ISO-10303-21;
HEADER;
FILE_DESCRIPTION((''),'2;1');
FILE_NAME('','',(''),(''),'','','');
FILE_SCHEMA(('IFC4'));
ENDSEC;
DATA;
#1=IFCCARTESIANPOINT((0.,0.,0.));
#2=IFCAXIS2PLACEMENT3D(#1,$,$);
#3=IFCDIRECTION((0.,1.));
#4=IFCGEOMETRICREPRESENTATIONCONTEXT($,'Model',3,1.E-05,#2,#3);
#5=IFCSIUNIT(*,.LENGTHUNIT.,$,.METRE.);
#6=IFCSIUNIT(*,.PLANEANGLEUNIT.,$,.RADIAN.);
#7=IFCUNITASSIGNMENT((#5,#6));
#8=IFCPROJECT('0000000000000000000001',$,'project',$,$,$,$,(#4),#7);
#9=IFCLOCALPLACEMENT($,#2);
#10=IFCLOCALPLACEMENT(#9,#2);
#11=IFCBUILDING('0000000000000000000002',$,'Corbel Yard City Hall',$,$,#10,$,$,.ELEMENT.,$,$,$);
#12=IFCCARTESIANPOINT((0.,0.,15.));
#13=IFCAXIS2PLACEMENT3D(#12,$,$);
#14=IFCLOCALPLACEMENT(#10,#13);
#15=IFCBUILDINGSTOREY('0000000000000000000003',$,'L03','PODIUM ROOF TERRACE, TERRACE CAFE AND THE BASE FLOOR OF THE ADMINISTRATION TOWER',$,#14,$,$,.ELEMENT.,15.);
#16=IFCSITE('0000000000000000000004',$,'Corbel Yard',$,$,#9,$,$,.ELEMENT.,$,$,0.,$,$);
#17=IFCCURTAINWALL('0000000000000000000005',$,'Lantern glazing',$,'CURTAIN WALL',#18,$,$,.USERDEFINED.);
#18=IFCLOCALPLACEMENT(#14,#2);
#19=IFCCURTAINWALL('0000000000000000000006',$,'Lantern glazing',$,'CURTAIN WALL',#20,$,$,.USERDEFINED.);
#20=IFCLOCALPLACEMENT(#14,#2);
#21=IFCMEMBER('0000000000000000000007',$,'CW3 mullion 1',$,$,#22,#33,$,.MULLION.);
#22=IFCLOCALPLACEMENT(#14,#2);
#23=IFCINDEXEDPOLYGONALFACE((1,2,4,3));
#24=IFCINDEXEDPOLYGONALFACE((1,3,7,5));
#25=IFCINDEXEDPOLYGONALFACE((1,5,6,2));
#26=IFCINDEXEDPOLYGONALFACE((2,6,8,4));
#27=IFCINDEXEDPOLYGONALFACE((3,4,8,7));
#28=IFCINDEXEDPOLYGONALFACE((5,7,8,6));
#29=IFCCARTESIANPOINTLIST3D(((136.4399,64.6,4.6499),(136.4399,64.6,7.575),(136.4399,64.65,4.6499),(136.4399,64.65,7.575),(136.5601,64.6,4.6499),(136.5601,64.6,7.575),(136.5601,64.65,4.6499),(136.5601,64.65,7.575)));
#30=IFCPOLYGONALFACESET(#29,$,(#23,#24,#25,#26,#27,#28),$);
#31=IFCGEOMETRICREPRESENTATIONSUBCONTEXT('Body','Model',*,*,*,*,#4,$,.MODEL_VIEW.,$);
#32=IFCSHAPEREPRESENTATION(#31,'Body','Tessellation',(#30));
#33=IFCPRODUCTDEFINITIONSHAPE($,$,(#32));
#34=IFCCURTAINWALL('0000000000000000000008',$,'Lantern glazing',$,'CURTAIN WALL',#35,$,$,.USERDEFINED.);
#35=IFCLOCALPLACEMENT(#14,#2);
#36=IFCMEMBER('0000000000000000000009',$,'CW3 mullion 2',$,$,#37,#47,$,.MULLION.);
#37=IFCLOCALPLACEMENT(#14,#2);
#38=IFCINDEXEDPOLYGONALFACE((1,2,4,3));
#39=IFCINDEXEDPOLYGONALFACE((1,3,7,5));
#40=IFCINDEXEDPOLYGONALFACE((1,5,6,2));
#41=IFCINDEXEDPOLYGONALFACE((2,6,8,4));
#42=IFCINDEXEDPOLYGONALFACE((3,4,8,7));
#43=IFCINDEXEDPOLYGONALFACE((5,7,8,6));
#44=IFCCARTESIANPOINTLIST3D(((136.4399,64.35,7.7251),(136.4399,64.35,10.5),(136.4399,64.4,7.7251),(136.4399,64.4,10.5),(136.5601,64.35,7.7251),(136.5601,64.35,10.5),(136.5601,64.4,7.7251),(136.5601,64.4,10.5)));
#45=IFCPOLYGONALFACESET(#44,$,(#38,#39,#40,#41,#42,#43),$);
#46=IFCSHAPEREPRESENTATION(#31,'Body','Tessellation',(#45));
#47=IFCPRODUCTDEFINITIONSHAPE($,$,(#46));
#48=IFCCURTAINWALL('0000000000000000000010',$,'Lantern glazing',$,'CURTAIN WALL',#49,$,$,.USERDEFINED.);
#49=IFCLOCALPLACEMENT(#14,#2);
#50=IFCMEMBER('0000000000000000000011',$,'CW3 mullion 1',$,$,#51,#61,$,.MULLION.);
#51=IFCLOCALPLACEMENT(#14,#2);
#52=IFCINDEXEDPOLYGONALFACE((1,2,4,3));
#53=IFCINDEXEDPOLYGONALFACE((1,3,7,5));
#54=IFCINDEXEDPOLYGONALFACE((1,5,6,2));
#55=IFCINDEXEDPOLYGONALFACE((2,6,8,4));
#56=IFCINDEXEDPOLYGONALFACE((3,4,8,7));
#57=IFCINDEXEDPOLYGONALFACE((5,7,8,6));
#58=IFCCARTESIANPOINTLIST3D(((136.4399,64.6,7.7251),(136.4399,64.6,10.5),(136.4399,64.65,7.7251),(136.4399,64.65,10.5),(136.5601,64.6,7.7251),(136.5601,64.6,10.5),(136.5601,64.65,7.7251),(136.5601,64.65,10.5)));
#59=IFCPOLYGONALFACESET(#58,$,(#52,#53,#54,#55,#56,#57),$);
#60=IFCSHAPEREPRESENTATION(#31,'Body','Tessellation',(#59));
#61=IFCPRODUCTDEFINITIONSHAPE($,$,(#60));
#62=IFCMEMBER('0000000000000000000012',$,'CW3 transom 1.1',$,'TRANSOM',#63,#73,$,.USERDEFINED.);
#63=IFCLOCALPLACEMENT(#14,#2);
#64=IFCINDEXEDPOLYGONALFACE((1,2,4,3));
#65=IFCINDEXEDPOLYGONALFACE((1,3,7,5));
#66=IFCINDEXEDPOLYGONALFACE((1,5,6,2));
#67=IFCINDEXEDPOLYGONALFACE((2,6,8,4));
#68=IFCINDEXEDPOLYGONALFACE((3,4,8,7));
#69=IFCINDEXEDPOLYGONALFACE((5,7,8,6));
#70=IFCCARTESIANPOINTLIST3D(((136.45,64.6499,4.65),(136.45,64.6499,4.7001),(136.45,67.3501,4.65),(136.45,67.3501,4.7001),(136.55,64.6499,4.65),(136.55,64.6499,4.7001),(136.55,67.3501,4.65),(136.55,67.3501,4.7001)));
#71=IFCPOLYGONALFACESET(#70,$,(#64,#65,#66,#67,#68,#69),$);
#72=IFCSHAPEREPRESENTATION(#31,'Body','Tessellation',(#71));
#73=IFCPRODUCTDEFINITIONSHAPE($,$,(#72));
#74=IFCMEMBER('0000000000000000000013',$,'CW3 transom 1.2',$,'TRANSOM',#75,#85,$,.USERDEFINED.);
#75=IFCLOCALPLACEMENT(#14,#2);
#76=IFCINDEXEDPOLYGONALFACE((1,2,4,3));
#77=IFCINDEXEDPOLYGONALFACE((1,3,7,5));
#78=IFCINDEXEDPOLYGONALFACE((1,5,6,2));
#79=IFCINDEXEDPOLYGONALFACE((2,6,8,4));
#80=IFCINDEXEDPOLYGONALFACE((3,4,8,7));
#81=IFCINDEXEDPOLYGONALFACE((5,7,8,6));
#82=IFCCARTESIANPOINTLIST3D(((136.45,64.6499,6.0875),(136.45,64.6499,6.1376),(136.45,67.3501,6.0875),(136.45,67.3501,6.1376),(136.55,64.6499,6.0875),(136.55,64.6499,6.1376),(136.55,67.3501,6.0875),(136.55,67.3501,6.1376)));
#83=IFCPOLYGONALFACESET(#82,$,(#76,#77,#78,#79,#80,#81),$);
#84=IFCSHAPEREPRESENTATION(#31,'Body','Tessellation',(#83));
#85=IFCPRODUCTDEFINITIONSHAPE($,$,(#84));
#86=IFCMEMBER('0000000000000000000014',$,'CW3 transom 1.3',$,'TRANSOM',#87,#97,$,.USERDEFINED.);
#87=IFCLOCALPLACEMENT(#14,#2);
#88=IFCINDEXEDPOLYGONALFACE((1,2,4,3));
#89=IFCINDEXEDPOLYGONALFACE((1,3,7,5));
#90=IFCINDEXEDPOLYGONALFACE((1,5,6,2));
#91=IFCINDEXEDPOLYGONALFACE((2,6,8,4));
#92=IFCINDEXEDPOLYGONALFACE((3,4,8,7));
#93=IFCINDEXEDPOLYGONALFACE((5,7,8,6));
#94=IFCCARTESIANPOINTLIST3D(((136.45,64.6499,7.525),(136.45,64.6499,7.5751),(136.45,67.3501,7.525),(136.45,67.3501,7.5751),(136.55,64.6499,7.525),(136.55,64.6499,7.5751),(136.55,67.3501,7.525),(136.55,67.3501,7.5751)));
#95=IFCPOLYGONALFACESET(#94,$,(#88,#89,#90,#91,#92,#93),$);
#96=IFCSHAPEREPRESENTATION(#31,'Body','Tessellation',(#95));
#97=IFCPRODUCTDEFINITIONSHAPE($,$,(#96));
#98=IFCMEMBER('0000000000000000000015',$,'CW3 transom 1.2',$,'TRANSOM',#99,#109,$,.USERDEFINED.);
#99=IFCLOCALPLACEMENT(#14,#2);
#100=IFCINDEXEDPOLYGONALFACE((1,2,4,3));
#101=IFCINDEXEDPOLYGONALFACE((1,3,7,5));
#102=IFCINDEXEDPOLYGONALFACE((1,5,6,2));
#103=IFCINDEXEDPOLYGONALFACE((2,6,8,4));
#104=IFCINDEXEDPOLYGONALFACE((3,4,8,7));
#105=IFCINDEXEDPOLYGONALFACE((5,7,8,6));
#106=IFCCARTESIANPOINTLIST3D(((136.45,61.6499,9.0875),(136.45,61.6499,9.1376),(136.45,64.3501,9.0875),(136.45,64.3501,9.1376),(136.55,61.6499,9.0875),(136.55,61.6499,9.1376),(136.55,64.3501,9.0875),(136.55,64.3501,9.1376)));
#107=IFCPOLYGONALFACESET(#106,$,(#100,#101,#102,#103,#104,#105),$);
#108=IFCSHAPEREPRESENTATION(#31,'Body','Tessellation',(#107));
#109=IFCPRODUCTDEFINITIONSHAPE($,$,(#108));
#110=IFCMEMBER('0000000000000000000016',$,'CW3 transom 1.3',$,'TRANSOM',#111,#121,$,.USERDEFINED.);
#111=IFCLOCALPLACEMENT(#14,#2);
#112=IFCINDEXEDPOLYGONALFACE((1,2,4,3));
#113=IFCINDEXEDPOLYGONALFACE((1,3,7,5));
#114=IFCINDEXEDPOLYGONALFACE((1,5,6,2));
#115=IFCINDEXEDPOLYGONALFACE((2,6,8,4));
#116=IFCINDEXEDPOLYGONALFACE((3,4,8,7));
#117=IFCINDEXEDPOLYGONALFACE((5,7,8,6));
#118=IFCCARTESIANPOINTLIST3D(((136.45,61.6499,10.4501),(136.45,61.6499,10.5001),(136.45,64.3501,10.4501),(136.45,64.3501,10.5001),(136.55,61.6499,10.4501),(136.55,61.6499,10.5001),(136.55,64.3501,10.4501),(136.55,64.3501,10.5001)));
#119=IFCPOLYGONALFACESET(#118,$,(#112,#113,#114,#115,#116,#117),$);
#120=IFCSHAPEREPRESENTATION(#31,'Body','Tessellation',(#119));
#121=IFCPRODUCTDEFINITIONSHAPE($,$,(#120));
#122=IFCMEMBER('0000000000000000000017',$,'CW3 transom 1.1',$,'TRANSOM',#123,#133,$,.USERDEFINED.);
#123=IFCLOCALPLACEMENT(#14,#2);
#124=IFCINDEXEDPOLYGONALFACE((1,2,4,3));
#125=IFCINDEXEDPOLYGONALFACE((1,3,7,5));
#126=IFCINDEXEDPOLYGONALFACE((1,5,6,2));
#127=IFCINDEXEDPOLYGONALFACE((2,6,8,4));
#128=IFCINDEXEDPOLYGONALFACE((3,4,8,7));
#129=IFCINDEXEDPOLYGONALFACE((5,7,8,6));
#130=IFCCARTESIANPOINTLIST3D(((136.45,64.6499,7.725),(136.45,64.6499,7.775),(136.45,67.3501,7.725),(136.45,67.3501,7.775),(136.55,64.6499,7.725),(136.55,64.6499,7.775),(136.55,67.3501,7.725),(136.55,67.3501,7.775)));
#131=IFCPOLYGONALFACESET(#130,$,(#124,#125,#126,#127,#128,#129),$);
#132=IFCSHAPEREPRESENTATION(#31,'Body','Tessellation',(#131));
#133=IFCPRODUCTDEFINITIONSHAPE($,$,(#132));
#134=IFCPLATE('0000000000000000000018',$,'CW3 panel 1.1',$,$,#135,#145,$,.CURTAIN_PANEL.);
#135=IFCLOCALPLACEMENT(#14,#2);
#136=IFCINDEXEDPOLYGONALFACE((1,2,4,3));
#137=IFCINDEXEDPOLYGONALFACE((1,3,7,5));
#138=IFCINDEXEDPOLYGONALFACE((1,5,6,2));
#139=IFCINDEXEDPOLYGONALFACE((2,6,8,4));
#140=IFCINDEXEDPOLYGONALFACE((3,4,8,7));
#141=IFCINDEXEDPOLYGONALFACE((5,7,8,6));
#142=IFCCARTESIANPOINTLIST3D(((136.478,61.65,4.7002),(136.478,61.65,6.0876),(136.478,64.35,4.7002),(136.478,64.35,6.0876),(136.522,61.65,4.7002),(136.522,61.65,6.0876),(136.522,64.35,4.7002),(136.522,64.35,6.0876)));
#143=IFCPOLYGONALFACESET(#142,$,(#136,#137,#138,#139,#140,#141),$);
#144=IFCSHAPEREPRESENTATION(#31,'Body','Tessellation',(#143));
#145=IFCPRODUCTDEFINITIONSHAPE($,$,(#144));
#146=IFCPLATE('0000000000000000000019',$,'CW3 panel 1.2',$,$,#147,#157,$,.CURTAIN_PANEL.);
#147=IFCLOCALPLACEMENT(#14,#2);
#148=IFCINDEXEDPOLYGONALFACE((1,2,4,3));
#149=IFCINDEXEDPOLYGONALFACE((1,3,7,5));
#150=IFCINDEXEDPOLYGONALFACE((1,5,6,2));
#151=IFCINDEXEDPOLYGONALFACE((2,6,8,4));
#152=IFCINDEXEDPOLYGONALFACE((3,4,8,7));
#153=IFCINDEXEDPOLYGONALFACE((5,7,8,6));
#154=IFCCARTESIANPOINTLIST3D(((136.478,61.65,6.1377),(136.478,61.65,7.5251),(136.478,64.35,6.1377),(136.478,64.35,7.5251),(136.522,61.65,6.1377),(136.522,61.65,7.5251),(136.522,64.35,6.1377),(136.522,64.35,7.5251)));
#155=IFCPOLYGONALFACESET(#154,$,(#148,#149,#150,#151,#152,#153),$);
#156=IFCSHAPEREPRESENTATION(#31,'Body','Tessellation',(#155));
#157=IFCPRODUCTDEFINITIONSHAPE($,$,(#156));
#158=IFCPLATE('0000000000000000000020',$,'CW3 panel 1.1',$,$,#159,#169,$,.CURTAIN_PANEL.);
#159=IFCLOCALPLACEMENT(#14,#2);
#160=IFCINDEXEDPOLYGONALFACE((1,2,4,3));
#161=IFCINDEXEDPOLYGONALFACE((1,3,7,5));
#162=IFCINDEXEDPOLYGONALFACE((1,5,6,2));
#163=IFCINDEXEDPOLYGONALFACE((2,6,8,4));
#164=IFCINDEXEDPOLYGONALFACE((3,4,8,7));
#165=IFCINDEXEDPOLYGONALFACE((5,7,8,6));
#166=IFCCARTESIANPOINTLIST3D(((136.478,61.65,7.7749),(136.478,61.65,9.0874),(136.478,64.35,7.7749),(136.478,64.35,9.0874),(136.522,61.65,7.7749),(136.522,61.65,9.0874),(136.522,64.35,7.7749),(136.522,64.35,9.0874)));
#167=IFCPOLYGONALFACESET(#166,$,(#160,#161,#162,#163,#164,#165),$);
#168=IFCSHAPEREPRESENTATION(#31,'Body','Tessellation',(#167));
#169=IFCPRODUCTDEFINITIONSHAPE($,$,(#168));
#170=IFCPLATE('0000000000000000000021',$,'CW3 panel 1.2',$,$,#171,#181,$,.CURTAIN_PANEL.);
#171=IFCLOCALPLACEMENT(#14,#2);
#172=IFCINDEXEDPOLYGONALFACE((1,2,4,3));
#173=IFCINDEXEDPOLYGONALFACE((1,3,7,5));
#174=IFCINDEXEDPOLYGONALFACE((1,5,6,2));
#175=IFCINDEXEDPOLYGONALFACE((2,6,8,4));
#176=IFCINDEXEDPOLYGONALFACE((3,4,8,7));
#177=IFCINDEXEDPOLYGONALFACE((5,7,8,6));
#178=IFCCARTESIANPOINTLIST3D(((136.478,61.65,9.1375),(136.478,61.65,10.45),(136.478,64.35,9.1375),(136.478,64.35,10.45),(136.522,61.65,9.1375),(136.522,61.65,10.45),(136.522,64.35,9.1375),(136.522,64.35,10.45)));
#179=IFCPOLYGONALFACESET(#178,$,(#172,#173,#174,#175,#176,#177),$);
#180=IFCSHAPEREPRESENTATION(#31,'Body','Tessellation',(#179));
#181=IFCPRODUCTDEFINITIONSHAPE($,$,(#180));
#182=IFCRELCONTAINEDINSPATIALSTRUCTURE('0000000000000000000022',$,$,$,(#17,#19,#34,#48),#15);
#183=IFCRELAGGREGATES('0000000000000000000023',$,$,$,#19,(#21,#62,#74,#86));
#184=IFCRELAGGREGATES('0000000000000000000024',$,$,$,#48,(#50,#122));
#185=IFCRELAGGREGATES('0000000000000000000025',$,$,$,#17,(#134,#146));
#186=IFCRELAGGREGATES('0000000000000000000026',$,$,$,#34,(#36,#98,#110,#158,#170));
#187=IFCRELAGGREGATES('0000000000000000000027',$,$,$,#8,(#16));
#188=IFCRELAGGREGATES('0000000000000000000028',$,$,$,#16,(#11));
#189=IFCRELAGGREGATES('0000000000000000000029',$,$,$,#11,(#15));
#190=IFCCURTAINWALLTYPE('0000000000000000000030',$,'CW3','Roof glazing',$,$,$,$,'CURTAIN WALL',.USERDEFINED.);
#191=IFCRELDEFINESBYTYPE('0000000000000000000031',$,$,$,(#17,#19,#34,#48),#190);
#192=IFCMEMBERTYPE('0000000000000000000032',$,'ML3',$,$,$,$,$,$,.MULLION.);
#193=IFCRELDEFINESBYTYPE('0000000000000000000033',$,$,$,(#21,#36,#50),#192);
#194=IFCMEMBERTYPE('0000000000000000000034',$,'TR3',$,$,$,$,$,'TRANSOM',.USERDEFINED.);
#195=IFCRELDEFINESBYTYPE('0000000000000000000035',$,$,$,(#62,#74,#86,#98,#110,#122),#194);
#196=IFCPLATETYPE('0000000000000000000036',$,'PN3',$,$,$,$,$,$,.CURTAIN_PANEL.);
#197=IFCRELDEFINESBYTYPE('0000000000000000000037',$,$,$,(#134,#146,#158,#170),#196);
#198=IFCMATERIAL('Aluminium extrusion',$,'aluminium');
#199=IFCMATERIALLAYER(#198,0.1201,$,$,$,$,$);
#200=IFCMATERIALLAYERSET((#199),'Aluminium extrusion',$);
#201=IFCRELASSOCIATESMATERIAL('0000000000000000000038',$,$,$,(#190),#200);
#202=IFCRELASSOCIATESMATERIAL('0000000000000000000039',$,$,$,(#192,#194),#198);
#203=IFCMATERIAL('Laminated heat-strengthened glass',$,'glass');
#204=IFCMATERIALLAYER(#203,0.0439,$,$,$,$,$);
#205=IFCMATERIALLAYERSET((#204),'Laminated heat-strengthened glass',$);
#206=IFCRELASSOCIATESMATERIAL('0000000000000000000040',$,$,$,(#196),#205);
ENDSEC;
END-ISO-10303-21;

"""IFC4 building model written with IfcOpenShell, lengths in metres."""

from ifc_helpers import new_model, si_unit, direction, frame, origin, origin_2d, place, context, subcontext, project, spatial, rectangle, extrude, material, layer, layer_set, material_profile, profile_set, type_object, element, aggregate, save


model = new_model("IFC4")

# Units and contexts
model_context = context("Model", 3, precision=1e-05, world=origin(), true_north=direction((0.0, 1.0)))
body_context = subcontext(model_context, "Body", "Model", "MODEL_VIEW")
ifc_project = project(units=[si_unit("LENGTHUNIT", "METRE"), si_unit("PLANEANGLEUNIT", "RADIAN")], contexts=[model_context])

# Site, building, storey
site_placement = place(None, origin())
site = spatial("IfcSite", under=ifc_project, at=site_placement, Name="Corbel Yard", CompositionType="ELEMENT", RefElevation=0.0)
building_placement = place(site_placement, origin())
building = spatial("IfcBuilding", under=site, at=building_placement, Name="Corbel Yard City Hall", CompositionType="ELEMENT")
storey_placement = place(building_placement, frame((0.0, 0.0, 15.0)))
storey = spatial("IfcBuildingStorey", under=building, at=storey_placement, Name="L03", Description="PODIUM ROOF TERRACE, TERRACE CAFE AND THE BASE FLOOR OF THE ADMINISTRATION TOWER", CompositionType="ELEMENT", Elevation=15.0)

# Curtain walls, members
ifc_material_1 = material(Name="Aluminium extrusion", Category="aluminium")
ifc_layer_1 = layer(ifc_material_1, 0.1201)
ifc_layer_set_1 = layer_set([ifc_layer_1], Name="Aluminium extrusion")
curtain_wall_type = type_object("IfcCurtainWallType", Name="CW3", Description="Roof glazing", ElementType="CURTAIN WALL", PredefinedType="USERDEFINED", material=ifc_layer_set_1)
curtain_wall_1_placement = place(storey_placement, origin())
curtain_wall_1 = element("IfcCurtainWall", 1, at=curtain_wall_1_placement, inside=storey, type_object=curtain_wall_type, Name="Lantern glazing", ObjectType="CURTAIN WALL", PredefinedType="USERDEFINED")
ifc_material_profile_1 = material_profile(ifc_material_1, rectangle(XDim=0.1201, YDim=0.05, at=origin_2d()), Name="120x50")
ifc_profile_set_1 = profile_set([ifc_material_profile_1], Name="Aluminium extrusion")
member_type_1 = type_object("IfcMemberType", Name="ML3", PredefinedType="MULLION", material=ifc_profile_set_1)
curtain_wall_2_placement = place(storey_placement, origin())
curtain_wall_2 = element("IfcCurtainWall", 2, at=curtain_wall_2_placement, inside=storey, type_object=curtain_wall_type, Name="Lantern glazing", ObjectType="CURTAIN WALL", PredefinedType="USERDEFINED")
member_1_placement = place(storey_placement, frame((136.5, 64.625, 4.6499), z_axis=(0.0, 0.0, 1.0), x_axis=(-1.0, 0.0, 0.0)))
member_1 = element("IfcMember", 3, at=member_1_placement, type_object=member_type_1, Name="CW3 mullion 1", PredefinedType="MULLION", context=body_context, shape_type="SweptSolid", body=[
    extrude(rectangle(XDim=0.1201, YDim=0.05, at=origin_2d()), origin(), (0.0, 0.0, 1.0), 2.925),
])
curtain_wall_3_placement = place(storey_placement, origin())
curtain_wall_3 = element("IfcCurtainWall", 4, at=curtain_wall_3_placement, inside=storey, type_object=curtain_wall_type, Name="Lantern glazing", ObjectType="CURTAIN WALL", PredefinedType="USERDEFINED")
member_2_placement = place(storey_placement, frame((136.5, 64.375, 7.7251), z_axis=(0.0, 0.0, 1.0), x_axis=(-1.0, 0.0, 0.0)))
member_2 = element("IfcMember", 5, at=member_2_placement, type_object=member_type_1, Name="CW3 mullion 2", PredefinedType="MULLION", context=body_context, shape_type="SweptSolid", body=[
    extrude(rectangle(XDim=0.1201, YDim=0.05, at=origin_2d()), origin(), (0.0, 0.0, 1.0), 2.7749),
])
curtain_wall_4_placement = place(storey_placement, origin())
curtain_wall_4 = element("IfcCurtainWall", 6, at=curtain_wall_4_placement, inside=storey, type_object=curtain_wall_type, Name="Lantern glazing", ObjectType="CURTAIN WALL", PredefinedType="USERDEFINED")
member_3_placement = place(storey_placement, frame((136.5, 64.625, 7.7251), z_axis=(0.0, 0.0, 1.0), x_axis=(-1.0, 0.0, 0.0)))
member_3 = element("IfcMember", 7, at=member_3_placement, type_object=member_type_1, Name="CW3 mullion 1", PredefinedType="MULLION", context=body_context, shape_type="SweptSolid", body=[
    extrude(rectangle(XDim=0.1201, YDim=0.05, at=origin_2d()), origin(), (0.0, 0.0, 1.0), 2.7749),
])

# Members
ifc_material_profile_2 = material_profile(ifc_material_1, rectangle(XDim=0.1001, YDim=0.05, at=origin_2d()), Name="100x50")
ifc_profile_set_2 = profile_set([ifc_material_profile_2], Name="Aluminium extrusion")
member_type_2 = type_object("IfcMemberType", Name="TR3", ElementType="TRANSOM", PredefinedType="USERDEFINED", material=ifc_profile_set_2)
member_4_placement = place(storey_placement, frame((136.5, 64.6499, 4.675), z_axis=(0.0, 1.0, 0.0), x_axis=(-1.0, 0.0, 0.0)))
member_4 = element("IfcMember", 8, at=member_4_placement, type_object=member_type_2, Name="CW3 transom 1.1", ObjectType="TRANSOM", PredefinedType="USERDEFINED", context=body_context, shape_type="SweptSolid", body=[
    extrude(rectangle(XDim=0.1001, YDim=0.05, at=origin_2d()), origin(), (0.0, 0.0, 1.0), 2.7002),
])
member_5_placement = place(storey_placement, frame((136.5, 64.6499, 6.1125), z_axis=(0.0, 1.0, 0.0), x_axis=(-1.0, 0.0, 0.0)))
member_5 = element("IfcMember", 9, at=member_5_placement, type_object=member_type_2, Name="CW3 transom 1.2", ObjectType="TRANSOM", PredefinedType="USERDEFINED", context=body_context, shape_type="SweptSolid", body=[
    extrude(rectangle(XDim=0.1001, YDim=0.05, at=origin_2d()), origin(), (0.0, 0.0, 1.0), 2.7002),
])
member_6_placement = place(storey_placement, frame((136.5, 64.6499, 7.55), z_axis=(0.0, 1.0, 0.0), x_axis=(-1.0, 0.0, 0.0)))
member_6 = element("IfcMember", 10, at=member_6_placement, type_object=member_type_2, Name="CW3 transom 1.3", ObjectType="TRANSOM", PredefinedType="USERDEFINED", context=body_context, shape_type="SweptSolid", body=[
    extrude(rectangle(XDim=0.1001, YDim=0.05, at=origin_2d()), origin(), (0.0, 0.0, 1.0), 2.7002),
])
aggregate(curtain_wall_2, [member_1, member_4, member_5, member_6])
member_7_placement = place(storey_placement, frame((136.5, 61.6499, 9.1125), z_axis=(0.0, 1.0, 0.0), x_axis=(-1.0, 0.0, 0.0)))
member_7 = element("IfcMember", 11, at=member_7_placement, type_object=member_type_2, Name="CW3 transom 1.2", ObjectType="TRANSOM", PredefinedType="USERDEFINED", context=body_context, shape_type="SweptSolid", body=[
    extrude(rectangle(XDim=0.1001, YDim=0.05, at=origin_2d()), origin(), (0.0, 0.0, 1.0), 2.7002),
])
member_8_placement = place(storey_placement, frame((136.5, 61.6499, 10.4751), z_axis=(0.0, 1.0, 0.0), x_axis=(-1.0, 0.0, 0.0)))
member_8 = element("IfcMember", 12, at=member_8_placement, type_object=member_type_2, Name="CW3 transom 1.3", ObjectType="TRANSOM", PredefinedType="USERDEFINED", context=body_context, shape_type="SweptSolid", body=[
    extrude(rectangle(XDim=0.1001, YDim=0.05, at=origin_2d()), origin(), (0.0, 0.0, 1.0), 2.7002),
])
member_9_placement = place(storey_placement, frame((136.5, 64.6499, 7.75), z_axis=(0.0, 1.0, 0.0), x_axis=(-1.0, 0.0, 0.0)))
member_9 = element("IfcMember", 13, at=member_9_placement, type_object=member_type_2, Name="CW3 transom 1.1", ObjectType="TRANSOM", PredefinedType="USERDEFINED", context=body_context, shape_type="SweptSolid", body=[
    extrude(rectangle(XDim=0.1001, YDim=0.05, at=origin_2d()), origin(), (0.0, 0.0, 1.0), 2.7002),
])
aggregate(curtain_wall_4, [member_3, member_9])

# Plates
ifc_material_2 = material(Name="Laminated heat-strengthened glass", Category="glass")
ifc_layer_2 = layer(ifc_material_2, 0.0439)
ifc_layer_set_2 = layer_set([ifc_layer_2], Name="Laminated heat-strengthened glass")
plate_type = type_object("IfcPlateType", Name="PN3", PredefinedType="CURTAIN_PANEL", material=ifc_layer_set_2)
plate_1_placement = place(storey_placement, frame((136.5, 63.0, 4.7002), z_axis=(0.0, 0.0, 1.0), x_axis=(0.0, 1.0, 0.0)))
plate_1 = element("IfcPlate", 14, at=plate_1_placement, type_object=plate_type, Name="CW3 panel 1.1", PredefinedType="CURTAIN_PANEL", context=body_context, shape_type="SweptSolid", body=[
    extrude(rectangle(XDim=2.7, YDim=0.0439, at=origin_2d()), origin(), (0.0, 0.0, 1.0), 1.3875),
])
plate_2_placement = place(storey_placement, frame((136.5, 63.0, 6.1377), z_axis=(0.0, 0.0, 1.0), x_axis=(0.0, 1.0, 0.0)))
plate_2 = element("IfcPlate", 15, at=plate_2_placement, type_object=plate_type, Name="CW3 panel 1.2", PredefinedType="CURTAIN_PANEL", context=body_context, shape_type="SweptSolid", body=[
    extrude(rectangle(XDim=2.7, YDim=0.0439, at=origin_2d()), origin(), (0.0, 0.0, 1.0), 1.3875),
])
aggregate(curtain_wall_1, [plate_1, plate_2])
plate_3_placement = place(storey_placement, frame((136.5, 63.0, 7.7749), z_axis=(0.0, 0.0, 1.0), x_axis=(0.0, 1.0, 0.0)))
plate_3 = element("IfcPlate", 16, at=plate_3_placement, type_object=plate_type, Name="CW3 panel 1.1", PredefinedType="CURTAIN_PANEL", context=body_context, shape_type="SweptSolid", body=[
    extrude(rectangle(XDim=2.7, YDim=0.0439, at=origin_2d()), origin(), (0.0, 0.0, 1.0), 1.3125),
])
plate_4_placement = place(storey_placement, frame((136.5, 63.0, 9.1375), z_axis=(0.0, 0.0, 1.0), x_axis=(0.0, 1.0, 0.0)))
plate_4 = element("IfcPlate", 17, at=plate_4_placement, type_object=plate_type, Name="CW3 panel 1.2", PredefinedType="CURTAIN_PANEL", context=body_context, shape_type="SweptSolid", body=[
    extrude(rectangle(XDim=2.7, YDim=0.0439, at=origin_2d()), origin(), (0.0, 0.0, 1.0), 1.3125),
])
aggregate(curtain_wall_3, [member_2, member_7, member_8, plate_3, plate_4])

save(model, "model.ifc")
